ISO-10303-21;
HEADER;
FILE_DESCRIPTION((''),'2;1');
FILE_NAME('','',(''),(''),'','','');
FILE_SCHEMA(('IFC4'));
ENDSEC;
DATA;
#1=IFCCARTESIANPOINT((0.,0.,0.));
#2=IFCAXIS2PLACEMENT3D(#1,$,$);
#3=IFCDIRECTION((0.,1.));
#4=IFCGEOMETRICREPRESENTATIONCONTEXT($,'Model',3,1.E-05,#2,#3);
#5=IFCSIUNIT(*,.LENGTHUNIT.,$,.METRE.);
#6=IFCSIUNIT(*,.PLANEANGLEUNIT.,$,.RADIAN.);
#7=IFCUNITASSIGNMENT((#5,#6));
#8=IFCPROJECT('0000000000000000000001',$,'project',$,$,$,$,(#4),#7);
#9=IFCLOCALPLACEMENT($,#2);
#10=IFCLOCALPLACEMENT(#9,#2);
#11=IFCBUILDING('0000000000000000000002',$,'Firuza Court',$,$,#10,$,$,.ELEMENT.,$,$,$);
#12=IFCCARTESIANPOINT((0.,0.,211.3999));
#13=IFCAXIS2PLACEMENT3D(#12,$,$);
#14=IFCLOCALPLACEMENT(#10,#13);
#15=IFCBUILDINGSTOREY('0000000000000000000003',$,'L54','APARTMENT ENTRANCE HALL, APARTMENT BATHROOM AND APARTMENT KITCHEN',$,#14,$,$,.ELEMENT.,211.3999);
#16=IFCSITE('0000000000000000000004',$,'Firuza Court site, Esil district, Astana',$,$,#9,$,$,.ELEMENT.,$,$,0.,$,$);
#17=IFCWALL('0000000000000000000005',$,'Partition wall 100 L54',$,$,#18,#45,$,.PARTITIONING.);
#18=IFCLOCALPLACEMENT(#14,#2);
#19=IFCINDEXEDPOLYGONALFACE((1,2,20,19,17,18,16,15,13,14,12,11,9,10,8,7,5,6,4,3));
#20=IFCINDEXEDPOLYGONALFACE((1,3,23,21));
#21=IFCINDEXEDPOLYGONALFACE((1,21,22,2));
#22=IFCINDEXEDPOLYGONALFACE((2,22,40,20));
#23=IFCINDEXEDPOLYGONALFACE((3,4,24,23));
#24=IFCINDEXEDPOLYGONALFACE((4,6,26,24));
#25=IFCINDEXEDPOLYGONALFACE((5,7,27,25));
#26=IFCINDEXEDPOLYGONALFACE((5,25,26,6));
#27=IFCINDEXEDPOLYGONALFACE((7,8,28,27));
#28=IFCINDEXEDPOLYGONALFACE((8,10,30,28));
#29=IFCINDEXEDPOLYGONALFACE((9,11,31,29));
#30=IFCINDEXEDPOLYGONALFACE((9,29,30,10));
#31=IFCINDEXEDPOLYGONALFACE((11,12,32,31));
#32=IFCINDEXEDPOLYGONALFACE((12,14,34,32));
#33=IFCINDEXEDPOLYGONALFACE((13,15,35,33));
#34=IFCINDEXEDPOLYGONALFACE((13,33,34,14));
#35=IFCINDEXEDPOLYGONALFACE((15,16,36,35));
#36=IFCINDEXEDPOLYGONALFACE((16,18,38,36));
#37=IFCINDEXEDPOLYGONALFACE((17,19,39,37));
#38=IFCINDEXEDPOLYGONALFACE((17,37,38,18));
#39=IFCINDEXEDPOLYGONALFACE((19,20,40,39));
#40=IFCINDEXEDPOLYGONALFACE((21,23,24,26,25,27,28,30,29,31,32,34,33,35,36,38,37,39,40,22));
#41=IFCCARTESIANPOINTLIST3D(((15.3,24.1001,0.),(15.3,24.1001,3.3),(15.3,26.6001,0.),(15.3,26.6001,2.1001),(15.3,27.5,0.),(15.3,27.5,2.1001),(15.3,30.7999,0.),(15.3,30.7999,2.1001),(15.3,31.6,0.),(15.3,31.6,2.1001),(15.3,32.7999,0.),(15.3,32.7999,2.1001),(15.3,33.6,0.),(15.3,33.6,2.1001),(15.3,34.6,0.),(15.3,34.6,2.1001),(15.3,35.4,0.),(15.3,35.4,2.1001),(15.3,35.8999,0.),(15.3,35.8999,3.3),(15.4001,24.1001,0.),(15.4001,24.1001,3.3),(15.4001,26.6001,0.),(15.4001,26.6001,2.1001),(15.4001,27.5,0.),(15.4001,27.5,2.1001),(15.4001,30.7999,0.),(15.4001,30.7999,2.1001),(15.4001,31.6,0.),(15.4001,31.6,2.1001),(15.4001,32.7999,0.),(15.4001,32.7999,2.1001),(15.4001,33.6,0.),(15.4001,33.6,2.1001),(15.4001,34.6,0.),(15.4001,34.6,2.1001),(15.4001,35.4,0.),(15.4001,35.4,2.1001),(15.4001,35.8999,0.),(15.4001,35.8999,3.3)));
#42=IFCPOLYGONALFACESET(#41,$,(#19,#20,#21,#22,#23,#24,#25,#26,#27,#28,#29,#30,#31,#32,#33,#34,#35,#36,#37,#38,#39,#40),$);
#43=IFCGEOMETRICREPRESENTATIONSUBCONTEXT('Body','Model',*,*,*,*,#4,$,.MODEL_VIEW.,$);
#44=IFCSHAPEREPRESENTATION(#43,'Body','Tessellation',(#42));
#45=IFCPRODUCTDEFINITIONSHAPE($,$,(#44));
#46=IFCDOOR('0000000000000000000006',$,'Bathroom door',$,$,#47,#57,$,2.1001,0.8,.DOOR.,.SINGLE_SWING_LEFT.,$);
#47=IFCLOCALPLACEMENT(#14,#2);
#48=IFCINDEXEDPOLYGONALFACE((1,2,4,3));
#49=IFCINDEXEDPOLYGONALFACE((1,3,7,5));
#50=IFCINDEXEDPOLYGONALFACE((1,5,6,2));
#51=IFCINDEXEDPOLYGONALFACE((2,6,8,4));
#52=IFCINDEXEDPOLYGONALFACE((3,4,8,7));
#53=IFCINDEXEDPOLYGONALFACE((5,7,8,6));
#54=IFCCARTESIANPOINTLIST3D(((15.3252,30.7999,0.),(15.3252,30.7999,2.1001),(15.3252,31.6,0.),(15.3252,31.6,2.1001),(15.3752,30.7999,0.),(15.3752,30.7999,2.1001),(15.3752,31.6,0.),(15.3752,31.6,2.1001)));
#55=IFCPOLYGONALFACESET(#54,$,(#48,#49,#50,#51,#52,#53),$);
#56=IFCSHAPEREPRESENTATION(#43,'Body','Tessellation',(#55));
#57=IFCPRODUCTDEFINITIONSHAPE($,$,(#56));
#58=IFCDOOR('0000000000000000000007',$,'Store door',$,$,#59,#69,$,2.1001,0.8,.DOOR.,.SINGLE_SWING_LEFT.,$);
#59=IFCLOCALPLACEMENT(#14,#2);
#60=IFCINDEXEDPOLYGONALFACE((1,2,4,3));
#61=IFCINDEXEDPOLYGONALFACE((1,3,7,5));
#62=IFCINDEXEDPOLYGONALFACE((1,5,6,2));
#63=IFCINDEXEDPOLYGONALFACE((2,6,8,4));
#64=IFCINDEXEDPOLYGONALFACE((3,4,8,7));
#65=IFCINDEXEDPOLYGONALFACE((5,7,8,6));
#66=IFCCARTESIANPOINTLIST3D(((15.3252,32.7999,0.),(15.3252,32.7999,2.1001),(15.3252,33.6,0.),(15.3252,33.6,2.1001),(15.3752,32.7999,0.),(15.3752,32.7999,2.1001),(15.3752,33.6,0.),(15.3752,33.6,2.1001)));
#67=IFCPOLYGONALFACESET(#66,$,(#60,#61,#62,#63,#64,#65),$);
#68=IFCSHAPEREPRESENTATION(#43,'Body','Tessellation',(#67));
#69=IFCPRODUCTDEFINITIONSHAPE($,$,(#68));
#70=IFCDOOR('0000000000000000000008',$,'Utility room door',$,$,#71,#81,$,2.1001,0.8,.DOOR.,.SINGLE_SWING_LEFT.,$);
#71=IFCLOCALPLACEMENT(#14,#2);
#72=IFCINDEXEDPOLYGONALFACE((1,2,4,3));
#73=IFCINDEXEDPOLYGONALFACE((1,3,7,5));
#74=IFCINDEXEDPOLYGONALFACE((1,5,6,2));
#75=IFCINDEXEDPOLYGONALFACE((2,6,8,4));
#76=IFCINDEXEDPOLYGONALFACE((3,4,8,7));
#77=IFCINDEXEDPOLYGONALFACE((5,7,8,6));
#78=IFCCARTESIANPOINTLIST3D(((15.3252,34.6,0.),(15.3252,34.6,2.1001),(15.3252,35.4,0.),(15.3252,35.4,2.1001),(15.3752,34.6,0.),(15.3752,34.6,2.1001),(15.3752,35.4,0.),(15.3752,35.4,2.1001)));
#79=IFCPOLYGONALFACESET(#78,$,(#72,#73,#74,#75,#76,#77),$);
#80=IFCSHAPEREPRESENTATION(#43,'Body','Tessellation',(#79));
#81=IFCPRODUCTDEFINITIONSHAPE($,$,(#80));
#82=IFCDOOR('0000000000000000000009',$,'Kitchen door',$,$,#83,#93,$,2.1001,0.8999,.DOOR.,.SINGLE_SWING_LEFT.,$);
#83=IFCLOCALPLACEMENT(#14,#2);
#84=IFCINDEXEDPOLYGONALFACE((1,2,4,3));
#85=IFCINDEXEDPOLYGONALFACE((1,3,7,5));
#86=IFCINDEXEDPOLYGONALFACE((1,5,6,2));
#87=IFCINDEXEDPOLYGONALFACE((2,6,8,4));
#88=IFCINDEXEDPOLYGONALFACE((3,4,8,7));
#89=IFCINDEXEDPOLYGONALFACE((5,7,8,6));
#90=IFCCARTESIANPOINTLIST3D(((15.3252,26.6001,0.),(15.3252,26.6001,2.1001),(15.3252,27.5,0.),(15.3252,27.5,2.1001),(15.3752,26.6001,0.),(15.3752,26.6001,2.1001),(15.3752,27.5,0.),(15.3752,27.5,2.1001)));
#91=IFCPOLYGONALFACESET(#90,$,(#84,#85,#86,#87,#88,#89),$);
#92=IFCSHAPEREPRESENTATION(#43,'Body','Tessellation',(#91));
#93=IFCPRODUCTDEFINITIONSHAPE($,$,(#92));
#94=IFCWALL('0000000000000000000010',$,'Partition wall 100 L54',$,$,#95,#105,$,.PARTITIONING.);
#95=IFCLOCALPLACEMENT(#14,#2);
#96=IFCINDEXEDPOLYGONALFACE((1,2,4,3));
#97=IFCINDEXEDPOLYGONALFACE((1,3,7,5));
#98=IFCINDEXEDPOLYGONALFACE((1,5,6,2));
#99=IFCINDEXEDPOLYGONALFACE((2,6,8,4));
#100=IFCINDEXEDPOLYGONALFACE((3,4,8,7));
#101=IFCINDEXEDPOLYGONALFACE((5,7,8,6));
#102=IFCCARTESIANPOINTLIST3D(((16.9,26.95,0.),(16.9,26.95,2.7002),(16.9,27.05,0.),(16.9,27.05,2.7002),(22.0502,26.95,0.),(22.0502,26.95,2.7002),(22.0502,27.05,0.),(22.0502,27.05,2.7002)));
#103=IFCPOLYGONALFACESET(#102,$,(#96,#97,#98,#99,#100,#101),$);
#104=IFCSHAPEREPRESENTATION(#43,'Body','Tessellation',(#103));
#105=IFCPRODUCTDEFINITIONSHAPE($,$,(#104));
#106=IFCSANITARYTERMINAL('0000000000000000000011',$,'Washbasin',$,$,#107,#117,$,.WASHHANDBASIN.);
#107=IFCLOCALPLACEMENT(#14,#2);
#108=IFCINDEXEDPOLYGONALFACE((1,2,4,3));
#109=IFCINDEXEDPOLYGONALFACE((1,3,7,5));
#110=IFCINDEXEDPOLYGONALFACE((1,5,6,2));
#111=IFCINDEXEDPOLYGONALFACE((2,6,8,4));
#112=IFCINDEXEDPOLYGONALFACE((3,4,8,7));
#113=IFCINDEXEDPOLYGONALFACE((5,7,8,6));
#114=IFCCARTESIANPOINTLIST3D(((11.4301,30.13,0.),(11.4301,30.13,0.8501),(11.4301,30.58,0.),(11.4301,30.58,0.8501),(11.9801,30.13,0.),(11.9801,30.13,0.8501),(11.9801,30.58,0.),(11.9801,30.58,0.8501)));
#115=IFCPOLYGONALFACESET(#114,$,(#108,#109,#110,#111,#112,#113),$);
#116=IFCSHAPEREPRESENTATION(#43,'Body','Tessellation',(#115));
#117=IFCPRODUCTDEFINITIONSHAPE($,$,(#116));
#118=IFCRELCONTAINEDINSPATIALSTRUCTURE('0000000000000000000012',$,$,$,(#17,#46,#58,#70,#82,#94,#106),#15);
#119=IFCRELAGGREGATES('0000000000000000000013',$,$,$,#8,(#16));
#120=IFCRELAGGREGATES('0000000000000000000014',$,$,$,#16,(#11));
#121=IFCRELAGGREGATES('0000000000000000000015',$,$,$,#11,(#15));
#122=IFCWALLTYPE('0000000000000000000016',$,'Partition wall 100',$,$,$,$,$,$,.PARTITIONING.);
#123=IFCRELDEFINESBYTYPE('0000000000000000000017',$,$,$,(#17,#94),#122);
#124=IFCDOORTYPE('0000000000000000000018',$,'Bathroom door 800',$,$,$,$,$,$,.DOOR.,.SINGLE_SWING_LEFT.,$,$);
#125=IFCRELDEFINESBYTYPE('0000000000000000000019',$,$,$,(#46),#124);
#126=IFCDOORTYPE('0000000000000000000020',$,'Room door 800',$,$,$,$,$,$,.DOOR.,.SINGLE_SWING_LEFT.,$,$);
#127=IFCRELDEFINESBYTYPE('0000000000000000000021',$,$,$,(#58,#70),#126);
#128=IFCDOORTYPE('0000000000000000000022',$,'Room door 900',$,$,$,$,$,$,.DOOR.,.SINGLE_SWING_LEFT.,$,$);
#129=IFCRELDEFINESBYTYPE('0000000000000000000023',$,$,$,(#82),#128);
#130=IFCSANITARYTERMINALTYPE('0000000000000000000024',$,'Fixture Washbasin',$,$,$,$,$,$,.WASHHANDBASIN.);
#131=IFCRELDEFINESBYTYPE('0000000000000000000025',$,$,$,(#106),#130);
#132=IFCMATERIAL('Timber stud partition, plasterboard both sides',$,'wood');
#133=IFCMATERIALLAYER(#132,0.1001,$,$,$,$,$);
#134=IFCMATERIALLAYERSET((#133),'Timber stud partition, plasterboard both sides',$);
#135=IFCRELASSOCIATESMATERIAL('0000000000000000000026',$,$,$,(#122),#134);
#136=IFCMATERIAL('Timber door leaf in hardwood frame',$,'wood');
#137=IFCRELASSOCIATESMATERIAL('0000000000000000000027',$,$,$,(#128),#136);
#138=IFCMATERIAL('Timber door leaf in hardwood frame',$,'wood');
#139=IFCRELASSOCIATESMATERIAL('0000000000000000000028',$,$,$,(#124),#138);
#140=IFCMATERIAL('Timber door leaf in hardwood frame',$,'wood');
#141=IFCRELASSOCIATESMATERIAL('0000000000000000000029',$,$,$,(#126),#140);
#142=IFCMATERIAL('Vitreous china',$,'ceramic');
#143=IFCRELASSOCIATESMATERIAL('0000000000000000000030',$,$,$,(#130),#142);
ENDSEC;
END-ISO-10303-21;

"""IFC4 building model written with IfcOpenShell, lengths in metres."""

from ifc_helpers import new_model, si_unit, direction, frame, frame_2d, origin, origin_2d, place, context, subcontext, project, spatial, rectangle, extrude, material, layer, layer_set, type_object, element, fill, save


model = new_model("IFC4")

# Units and contexts
model_context = context("Model", 3, precision=1e-05, world=origin(), true_north=direction((0.0, 1.0)))
body_context = subcontext(model_context, "Body", "Model", "MODEL_VIEW")
ifc_project = project(units=[si_unit("LENGTHUNIT", "METRE"), si_unit("PLANEANGLEUNIT", "RADIAN")], contexts=[model_context])

# Site, building, storey
site_placement = place(None, origin())
site = spatial("IfcSite", under=ifc_project, at=site_placement, Name="Firuza Court site, Esil district, Astana", CompositionType="ELEMENT", RefElevation=0.0)
building_placement = place(site_placement, origin())
building = spatial("IfcBuilding", under=site, at=building_placement, Name="Firuza Court", CompositionType="ELEMENT")
storey_placement = place(building_placement, frame((0.0, 0.0, 211.3999)))
storey = spatial("IfcBuildingStorey", under=building, at=storey_placement, Name="L54", Description="APARTMENT ENTRANCE HALL, APARTMENT BATHROOM AND APARTMENT KITCHEN", CompositionType="ELEMENT", Elevation=211.3999)

# Wall, openings, doors
ifc_material_1 = material(Name="Timber stud partition, plasterboard both sides", Category="wood")
ifc_layer = layer(ifc_material_1, 0.1001)
ifc_layer_set = layer_set([ifc_layer], Name="Timber stud partition, plasterboard both sides")
wall_type = type_object("IfcWallType", Name="Partition wall 100", PredefinedType="PARTITIONING", material=ifc_layer_set)
ifc_material_2 = material(Name="Timber door leaf in hardwood frame", Category="wood")
door_type_1 = type_object("IfcDoorType", Name="Room door 900", OperationType="SINGLE_SWING_LEFT", PredefinedType="DOOR", material=ifc_material_2)
wall_1_placement = place(storey_placement, frame((15.3501, 24.1001, 0.0), z_axis=(0.0, 0.0, 1.0), x_axis=(0.0, 1.0, 0.0)))
wall_1 = element("IfcWall", 1, at=wall_1_placement, inside=storey, type_object=wall_type, Name="Partition wall 100 L54", PredefinedType="PARTITIONING", context=body_context, shape_type="SweptSolid", body=[
    extrude(rectangle(XDim=11.7998, YDim=0.1001, at=frame_2d((5.8999, 0.0))), origin(), (0.0, 0.0, 1.0), 3.3),
])
opening_1_placement = place(wall_1_placement, frame((6.7, 0.0, 0.0)))
opening_1 = element("IfcOpeningElement", 2, at=opening_1_placement, cuts=wall_1, PredefinedType="OPENING", context=body_context, shape_type="SweptSolid", body=[
    extrude(rectangle(XDim=0.8, YDim=2.1001, at=frame_2d((0.3999, 1.05))), frame((0.0, 0.062, 0.0), z_axis=(0.0, -1.0, 0.0), x_axis=(1.0, 0.0, 0.0)), (0.0, 0.0, 1.0), 0.124),
])
opening_2_placement = place(wall_1_placement, frame((2.5, 0.0, 0.0)))
opening_2 = element("IfcOpeningElement", 3, at=opening_2_placement, cuts=wall_1, PredefinedType="OPENING", context=body_context, shape_type="SweptSolid", body=[
    extrude(rectangle(XDim=0.8999, YDim=2.1001, at=frame_2d((0.45, 1.05))), frame((0.0, 0.062, 0.0), z_axis=(0.0, -1.0, 0.0), x_axis=(1.0, 0.0, 0.0)), (0.0, 0.0, 1.0), 0.124),
])
opening_3_placement = place(wall_1_placement, frame((8.7, 0.0, 0.0)))
opening_3 = element("IfcOpeningElement", 4, at=opening_3_placement, cuts=wall_1, PredefinedType="OPENING", context=body_context, shape_type="SweptSolid", body=[
    extrude(rectangle(XDim=0.8, YDim=2.1001, at=frame_2d((0.3999, 1.05))), frame((0.0, 0.062, 0.0), z_axis=(0.0, -1.0, 0.0), x_axis=(1.0, 0.0, 0.0)), (0.0, 0.0, 1.0), 0.124),
])
opening_4_placement = place(wall_1_placement, frame((10.5, 0.0, 0.0)))
opening_4 = element("IfcOpeningElement", 5, at=opening_4_placement, cuts=wall_1, PredefinedType="OPENING", context=body_context, shape_type="SweptSolid", body=[
    extrude(rectangle(XDim=0.8, YDim=2.1001, at=frame_2d((0.3999, 1.05))), frame((0.0, 0.062, 0.0), z_axis=(0.0, -1.0, 0.0), x_axis=(1.0, 0.0, 0.0)), (0.0, 0.0, 1.0), 0.124),
])
ifc_material_3 = material(Name="Timber door leaf in hardwood frame", Category="wood")
door_type_2 = type_object("IfcDoorType", Name="Bathroom door 800", OperationType="SINGLE_SWING_LEFT", PredefinedType="DOOR", material=ifc_material_3)
door_1_placement = place(opening_1_placement, origin())
door_1 = element("IfcDoor", 6, at=door_1_placement, inside=storey, type_object=door_type_2, Name="Bathroom door", OperationType="SINGLE_SWING_LEFT", OverallHeight=2.1001, OverallWidth=0.8, PredefinedType="DOOR", context=body_context, shape_type="SweptSolid", body=[
    extrude(rectangle(XDim=0.8, YDim=2.1001, at=frame_2d((0.3999, 1.05))), frame((0.0, 0.0249, 0.0), z_axis=(0.0, -1.0, 0.0), x_axis=(1.0, 0.0, 0.0)), (0.0, 0.0, 1.0), 0.05),
])
fill(opening_1, door_1)
ifc_material_4 = material(Name="Timber door leaf in hardwood frame", Category="wood")
door_type_3 = type_object("IfcDoorType", Name="Room door 800", OperationType="SINGLE_SWING_LEFT", PredefinedType="DOOR", material=ifc_material_4)
door_2_placement = place(opening_3_placement, origin())
door_2 = element("IfcDoor", 7, at=door_2_placement, inside=storey, type_object=door_type_3, Name="Store door", OperationType="SINGLE_SWING_LEFT", OverallHeight=2.1001, OverallWidth=0.8, PredefinedType="DOOR", context=body_context, shape_type="SweptSolid", body=[
    extrude(rectangle(XDim=0.8, YDim=2.1001, at=frame_2d((0.3999, 1.05))), frame((0.0, 0.0249, 0.0), z_axis=(0.0, -1.0, 0.0), x_axis=(1.0, 0.0, 0.0)), (0.0, 0.0, 1.0), 0.05),
])
fill(opening_3, door_2)
door_3_placement = place(opening_4_placement, origin())
door_3 = element("IfcDoor", 8, at=door_3_placement, inside=storey, type_object=door_type_3, Name="Utility room door", OperationType="SINGLE_SWING_LEFT", OverallHeight=2.1001, OverallWidth=0.8, PredefinedType="DOOR", context=body_context, shape_type="SweptSolid", body=[
    extrude(rectangle(XDim=0.8, YDim=2.1001, at=frame_2d((0.3999, 1.05))), frame((0.0, 0.0249, 0.0), z_axis=(0.0, -1.0, 0.0), x_axis=(1.0, 0.0, 0.0)), (0.0, 0.0, 1.0), 0.05),
])
fill(opening_4, door_3)
door_4_placement = place(opening_2_placement, origin())
door_4 = element("IfcDoor", 9, at=door_4_placement, inside=storey, type_object=door_type_1, Name="Kitchen door", OperationType="SINGLE_SWING_LEFT", OverallHeight=2.1001, OverallWidth=0.8999, PredefinedType="DOOR", context=body_context, shape_type="SweptSolid", body=[
    extrude(rectangle(XDim=0.8999, YDim=2.1001, at=frame_2d((0.45, 1.05))), frame((0.0, 0.0249, 0.0), z_axis=(0.0, -1.0, 0.0), x_axis=(1.0, 0.0, 0.0)), (0.0, 0.0, 1.0), 0.05),
])
fill(opening_2, door_4)

# Wall
wall_2_placement = place(storey_placement, frame((16.8999, 27.0, 0.0), z_axis=(0.0, 0.0, 1.0), x_axis=(1.0, 0.0, 0.0)))
element("IfcWall", 10, at=wall_2_placement, inside=storey, type_object=wall_type, Name="Partition wall 100 L54", PredefinedType="PARTITIONING", context=body_context, shape_type="SweptSolid", body=[
    extrude(rectangle(XDim=5.1501, YDim=0.1001, at=frame_2d((2.5752, 0.0))), origin(), (0.0, 0.0, 1.0), 2.7002),
])

# Sanitary terminal
ifc_material_5 = material(Name="Vitreous china", Category="ceramic")
sanitary_terminal_type = type_object("IfcSanitaryTerminalType", Name="Fixture Washbasin", PredefinedType="WASHHANDBASIN", material=ifc_material_5)
sanitary_terminal_placement = place(storey_placement, frame((11.7051, 30.355, 0.0), z_axis=(0.0, 0.0, 1.0), x_axis=(1.0, 0.0, 0.0)))
element("IfcSanitaryTerminal", 11, at=sanitary_terminal_placement, inside=storey, type_object=sanitary_terminal_type, Name="Washbasin", PredefinedType="WASHHANDBASIN", context=body_context, shape_type="SweptSolid", body=[
    extrude(rectangle(XDim=0.55, YDim=0.45, at=origin_2d()), origin(), (0.0, 0.0, 1.0), 0.8501),
])

save(model, "model.ifc")
